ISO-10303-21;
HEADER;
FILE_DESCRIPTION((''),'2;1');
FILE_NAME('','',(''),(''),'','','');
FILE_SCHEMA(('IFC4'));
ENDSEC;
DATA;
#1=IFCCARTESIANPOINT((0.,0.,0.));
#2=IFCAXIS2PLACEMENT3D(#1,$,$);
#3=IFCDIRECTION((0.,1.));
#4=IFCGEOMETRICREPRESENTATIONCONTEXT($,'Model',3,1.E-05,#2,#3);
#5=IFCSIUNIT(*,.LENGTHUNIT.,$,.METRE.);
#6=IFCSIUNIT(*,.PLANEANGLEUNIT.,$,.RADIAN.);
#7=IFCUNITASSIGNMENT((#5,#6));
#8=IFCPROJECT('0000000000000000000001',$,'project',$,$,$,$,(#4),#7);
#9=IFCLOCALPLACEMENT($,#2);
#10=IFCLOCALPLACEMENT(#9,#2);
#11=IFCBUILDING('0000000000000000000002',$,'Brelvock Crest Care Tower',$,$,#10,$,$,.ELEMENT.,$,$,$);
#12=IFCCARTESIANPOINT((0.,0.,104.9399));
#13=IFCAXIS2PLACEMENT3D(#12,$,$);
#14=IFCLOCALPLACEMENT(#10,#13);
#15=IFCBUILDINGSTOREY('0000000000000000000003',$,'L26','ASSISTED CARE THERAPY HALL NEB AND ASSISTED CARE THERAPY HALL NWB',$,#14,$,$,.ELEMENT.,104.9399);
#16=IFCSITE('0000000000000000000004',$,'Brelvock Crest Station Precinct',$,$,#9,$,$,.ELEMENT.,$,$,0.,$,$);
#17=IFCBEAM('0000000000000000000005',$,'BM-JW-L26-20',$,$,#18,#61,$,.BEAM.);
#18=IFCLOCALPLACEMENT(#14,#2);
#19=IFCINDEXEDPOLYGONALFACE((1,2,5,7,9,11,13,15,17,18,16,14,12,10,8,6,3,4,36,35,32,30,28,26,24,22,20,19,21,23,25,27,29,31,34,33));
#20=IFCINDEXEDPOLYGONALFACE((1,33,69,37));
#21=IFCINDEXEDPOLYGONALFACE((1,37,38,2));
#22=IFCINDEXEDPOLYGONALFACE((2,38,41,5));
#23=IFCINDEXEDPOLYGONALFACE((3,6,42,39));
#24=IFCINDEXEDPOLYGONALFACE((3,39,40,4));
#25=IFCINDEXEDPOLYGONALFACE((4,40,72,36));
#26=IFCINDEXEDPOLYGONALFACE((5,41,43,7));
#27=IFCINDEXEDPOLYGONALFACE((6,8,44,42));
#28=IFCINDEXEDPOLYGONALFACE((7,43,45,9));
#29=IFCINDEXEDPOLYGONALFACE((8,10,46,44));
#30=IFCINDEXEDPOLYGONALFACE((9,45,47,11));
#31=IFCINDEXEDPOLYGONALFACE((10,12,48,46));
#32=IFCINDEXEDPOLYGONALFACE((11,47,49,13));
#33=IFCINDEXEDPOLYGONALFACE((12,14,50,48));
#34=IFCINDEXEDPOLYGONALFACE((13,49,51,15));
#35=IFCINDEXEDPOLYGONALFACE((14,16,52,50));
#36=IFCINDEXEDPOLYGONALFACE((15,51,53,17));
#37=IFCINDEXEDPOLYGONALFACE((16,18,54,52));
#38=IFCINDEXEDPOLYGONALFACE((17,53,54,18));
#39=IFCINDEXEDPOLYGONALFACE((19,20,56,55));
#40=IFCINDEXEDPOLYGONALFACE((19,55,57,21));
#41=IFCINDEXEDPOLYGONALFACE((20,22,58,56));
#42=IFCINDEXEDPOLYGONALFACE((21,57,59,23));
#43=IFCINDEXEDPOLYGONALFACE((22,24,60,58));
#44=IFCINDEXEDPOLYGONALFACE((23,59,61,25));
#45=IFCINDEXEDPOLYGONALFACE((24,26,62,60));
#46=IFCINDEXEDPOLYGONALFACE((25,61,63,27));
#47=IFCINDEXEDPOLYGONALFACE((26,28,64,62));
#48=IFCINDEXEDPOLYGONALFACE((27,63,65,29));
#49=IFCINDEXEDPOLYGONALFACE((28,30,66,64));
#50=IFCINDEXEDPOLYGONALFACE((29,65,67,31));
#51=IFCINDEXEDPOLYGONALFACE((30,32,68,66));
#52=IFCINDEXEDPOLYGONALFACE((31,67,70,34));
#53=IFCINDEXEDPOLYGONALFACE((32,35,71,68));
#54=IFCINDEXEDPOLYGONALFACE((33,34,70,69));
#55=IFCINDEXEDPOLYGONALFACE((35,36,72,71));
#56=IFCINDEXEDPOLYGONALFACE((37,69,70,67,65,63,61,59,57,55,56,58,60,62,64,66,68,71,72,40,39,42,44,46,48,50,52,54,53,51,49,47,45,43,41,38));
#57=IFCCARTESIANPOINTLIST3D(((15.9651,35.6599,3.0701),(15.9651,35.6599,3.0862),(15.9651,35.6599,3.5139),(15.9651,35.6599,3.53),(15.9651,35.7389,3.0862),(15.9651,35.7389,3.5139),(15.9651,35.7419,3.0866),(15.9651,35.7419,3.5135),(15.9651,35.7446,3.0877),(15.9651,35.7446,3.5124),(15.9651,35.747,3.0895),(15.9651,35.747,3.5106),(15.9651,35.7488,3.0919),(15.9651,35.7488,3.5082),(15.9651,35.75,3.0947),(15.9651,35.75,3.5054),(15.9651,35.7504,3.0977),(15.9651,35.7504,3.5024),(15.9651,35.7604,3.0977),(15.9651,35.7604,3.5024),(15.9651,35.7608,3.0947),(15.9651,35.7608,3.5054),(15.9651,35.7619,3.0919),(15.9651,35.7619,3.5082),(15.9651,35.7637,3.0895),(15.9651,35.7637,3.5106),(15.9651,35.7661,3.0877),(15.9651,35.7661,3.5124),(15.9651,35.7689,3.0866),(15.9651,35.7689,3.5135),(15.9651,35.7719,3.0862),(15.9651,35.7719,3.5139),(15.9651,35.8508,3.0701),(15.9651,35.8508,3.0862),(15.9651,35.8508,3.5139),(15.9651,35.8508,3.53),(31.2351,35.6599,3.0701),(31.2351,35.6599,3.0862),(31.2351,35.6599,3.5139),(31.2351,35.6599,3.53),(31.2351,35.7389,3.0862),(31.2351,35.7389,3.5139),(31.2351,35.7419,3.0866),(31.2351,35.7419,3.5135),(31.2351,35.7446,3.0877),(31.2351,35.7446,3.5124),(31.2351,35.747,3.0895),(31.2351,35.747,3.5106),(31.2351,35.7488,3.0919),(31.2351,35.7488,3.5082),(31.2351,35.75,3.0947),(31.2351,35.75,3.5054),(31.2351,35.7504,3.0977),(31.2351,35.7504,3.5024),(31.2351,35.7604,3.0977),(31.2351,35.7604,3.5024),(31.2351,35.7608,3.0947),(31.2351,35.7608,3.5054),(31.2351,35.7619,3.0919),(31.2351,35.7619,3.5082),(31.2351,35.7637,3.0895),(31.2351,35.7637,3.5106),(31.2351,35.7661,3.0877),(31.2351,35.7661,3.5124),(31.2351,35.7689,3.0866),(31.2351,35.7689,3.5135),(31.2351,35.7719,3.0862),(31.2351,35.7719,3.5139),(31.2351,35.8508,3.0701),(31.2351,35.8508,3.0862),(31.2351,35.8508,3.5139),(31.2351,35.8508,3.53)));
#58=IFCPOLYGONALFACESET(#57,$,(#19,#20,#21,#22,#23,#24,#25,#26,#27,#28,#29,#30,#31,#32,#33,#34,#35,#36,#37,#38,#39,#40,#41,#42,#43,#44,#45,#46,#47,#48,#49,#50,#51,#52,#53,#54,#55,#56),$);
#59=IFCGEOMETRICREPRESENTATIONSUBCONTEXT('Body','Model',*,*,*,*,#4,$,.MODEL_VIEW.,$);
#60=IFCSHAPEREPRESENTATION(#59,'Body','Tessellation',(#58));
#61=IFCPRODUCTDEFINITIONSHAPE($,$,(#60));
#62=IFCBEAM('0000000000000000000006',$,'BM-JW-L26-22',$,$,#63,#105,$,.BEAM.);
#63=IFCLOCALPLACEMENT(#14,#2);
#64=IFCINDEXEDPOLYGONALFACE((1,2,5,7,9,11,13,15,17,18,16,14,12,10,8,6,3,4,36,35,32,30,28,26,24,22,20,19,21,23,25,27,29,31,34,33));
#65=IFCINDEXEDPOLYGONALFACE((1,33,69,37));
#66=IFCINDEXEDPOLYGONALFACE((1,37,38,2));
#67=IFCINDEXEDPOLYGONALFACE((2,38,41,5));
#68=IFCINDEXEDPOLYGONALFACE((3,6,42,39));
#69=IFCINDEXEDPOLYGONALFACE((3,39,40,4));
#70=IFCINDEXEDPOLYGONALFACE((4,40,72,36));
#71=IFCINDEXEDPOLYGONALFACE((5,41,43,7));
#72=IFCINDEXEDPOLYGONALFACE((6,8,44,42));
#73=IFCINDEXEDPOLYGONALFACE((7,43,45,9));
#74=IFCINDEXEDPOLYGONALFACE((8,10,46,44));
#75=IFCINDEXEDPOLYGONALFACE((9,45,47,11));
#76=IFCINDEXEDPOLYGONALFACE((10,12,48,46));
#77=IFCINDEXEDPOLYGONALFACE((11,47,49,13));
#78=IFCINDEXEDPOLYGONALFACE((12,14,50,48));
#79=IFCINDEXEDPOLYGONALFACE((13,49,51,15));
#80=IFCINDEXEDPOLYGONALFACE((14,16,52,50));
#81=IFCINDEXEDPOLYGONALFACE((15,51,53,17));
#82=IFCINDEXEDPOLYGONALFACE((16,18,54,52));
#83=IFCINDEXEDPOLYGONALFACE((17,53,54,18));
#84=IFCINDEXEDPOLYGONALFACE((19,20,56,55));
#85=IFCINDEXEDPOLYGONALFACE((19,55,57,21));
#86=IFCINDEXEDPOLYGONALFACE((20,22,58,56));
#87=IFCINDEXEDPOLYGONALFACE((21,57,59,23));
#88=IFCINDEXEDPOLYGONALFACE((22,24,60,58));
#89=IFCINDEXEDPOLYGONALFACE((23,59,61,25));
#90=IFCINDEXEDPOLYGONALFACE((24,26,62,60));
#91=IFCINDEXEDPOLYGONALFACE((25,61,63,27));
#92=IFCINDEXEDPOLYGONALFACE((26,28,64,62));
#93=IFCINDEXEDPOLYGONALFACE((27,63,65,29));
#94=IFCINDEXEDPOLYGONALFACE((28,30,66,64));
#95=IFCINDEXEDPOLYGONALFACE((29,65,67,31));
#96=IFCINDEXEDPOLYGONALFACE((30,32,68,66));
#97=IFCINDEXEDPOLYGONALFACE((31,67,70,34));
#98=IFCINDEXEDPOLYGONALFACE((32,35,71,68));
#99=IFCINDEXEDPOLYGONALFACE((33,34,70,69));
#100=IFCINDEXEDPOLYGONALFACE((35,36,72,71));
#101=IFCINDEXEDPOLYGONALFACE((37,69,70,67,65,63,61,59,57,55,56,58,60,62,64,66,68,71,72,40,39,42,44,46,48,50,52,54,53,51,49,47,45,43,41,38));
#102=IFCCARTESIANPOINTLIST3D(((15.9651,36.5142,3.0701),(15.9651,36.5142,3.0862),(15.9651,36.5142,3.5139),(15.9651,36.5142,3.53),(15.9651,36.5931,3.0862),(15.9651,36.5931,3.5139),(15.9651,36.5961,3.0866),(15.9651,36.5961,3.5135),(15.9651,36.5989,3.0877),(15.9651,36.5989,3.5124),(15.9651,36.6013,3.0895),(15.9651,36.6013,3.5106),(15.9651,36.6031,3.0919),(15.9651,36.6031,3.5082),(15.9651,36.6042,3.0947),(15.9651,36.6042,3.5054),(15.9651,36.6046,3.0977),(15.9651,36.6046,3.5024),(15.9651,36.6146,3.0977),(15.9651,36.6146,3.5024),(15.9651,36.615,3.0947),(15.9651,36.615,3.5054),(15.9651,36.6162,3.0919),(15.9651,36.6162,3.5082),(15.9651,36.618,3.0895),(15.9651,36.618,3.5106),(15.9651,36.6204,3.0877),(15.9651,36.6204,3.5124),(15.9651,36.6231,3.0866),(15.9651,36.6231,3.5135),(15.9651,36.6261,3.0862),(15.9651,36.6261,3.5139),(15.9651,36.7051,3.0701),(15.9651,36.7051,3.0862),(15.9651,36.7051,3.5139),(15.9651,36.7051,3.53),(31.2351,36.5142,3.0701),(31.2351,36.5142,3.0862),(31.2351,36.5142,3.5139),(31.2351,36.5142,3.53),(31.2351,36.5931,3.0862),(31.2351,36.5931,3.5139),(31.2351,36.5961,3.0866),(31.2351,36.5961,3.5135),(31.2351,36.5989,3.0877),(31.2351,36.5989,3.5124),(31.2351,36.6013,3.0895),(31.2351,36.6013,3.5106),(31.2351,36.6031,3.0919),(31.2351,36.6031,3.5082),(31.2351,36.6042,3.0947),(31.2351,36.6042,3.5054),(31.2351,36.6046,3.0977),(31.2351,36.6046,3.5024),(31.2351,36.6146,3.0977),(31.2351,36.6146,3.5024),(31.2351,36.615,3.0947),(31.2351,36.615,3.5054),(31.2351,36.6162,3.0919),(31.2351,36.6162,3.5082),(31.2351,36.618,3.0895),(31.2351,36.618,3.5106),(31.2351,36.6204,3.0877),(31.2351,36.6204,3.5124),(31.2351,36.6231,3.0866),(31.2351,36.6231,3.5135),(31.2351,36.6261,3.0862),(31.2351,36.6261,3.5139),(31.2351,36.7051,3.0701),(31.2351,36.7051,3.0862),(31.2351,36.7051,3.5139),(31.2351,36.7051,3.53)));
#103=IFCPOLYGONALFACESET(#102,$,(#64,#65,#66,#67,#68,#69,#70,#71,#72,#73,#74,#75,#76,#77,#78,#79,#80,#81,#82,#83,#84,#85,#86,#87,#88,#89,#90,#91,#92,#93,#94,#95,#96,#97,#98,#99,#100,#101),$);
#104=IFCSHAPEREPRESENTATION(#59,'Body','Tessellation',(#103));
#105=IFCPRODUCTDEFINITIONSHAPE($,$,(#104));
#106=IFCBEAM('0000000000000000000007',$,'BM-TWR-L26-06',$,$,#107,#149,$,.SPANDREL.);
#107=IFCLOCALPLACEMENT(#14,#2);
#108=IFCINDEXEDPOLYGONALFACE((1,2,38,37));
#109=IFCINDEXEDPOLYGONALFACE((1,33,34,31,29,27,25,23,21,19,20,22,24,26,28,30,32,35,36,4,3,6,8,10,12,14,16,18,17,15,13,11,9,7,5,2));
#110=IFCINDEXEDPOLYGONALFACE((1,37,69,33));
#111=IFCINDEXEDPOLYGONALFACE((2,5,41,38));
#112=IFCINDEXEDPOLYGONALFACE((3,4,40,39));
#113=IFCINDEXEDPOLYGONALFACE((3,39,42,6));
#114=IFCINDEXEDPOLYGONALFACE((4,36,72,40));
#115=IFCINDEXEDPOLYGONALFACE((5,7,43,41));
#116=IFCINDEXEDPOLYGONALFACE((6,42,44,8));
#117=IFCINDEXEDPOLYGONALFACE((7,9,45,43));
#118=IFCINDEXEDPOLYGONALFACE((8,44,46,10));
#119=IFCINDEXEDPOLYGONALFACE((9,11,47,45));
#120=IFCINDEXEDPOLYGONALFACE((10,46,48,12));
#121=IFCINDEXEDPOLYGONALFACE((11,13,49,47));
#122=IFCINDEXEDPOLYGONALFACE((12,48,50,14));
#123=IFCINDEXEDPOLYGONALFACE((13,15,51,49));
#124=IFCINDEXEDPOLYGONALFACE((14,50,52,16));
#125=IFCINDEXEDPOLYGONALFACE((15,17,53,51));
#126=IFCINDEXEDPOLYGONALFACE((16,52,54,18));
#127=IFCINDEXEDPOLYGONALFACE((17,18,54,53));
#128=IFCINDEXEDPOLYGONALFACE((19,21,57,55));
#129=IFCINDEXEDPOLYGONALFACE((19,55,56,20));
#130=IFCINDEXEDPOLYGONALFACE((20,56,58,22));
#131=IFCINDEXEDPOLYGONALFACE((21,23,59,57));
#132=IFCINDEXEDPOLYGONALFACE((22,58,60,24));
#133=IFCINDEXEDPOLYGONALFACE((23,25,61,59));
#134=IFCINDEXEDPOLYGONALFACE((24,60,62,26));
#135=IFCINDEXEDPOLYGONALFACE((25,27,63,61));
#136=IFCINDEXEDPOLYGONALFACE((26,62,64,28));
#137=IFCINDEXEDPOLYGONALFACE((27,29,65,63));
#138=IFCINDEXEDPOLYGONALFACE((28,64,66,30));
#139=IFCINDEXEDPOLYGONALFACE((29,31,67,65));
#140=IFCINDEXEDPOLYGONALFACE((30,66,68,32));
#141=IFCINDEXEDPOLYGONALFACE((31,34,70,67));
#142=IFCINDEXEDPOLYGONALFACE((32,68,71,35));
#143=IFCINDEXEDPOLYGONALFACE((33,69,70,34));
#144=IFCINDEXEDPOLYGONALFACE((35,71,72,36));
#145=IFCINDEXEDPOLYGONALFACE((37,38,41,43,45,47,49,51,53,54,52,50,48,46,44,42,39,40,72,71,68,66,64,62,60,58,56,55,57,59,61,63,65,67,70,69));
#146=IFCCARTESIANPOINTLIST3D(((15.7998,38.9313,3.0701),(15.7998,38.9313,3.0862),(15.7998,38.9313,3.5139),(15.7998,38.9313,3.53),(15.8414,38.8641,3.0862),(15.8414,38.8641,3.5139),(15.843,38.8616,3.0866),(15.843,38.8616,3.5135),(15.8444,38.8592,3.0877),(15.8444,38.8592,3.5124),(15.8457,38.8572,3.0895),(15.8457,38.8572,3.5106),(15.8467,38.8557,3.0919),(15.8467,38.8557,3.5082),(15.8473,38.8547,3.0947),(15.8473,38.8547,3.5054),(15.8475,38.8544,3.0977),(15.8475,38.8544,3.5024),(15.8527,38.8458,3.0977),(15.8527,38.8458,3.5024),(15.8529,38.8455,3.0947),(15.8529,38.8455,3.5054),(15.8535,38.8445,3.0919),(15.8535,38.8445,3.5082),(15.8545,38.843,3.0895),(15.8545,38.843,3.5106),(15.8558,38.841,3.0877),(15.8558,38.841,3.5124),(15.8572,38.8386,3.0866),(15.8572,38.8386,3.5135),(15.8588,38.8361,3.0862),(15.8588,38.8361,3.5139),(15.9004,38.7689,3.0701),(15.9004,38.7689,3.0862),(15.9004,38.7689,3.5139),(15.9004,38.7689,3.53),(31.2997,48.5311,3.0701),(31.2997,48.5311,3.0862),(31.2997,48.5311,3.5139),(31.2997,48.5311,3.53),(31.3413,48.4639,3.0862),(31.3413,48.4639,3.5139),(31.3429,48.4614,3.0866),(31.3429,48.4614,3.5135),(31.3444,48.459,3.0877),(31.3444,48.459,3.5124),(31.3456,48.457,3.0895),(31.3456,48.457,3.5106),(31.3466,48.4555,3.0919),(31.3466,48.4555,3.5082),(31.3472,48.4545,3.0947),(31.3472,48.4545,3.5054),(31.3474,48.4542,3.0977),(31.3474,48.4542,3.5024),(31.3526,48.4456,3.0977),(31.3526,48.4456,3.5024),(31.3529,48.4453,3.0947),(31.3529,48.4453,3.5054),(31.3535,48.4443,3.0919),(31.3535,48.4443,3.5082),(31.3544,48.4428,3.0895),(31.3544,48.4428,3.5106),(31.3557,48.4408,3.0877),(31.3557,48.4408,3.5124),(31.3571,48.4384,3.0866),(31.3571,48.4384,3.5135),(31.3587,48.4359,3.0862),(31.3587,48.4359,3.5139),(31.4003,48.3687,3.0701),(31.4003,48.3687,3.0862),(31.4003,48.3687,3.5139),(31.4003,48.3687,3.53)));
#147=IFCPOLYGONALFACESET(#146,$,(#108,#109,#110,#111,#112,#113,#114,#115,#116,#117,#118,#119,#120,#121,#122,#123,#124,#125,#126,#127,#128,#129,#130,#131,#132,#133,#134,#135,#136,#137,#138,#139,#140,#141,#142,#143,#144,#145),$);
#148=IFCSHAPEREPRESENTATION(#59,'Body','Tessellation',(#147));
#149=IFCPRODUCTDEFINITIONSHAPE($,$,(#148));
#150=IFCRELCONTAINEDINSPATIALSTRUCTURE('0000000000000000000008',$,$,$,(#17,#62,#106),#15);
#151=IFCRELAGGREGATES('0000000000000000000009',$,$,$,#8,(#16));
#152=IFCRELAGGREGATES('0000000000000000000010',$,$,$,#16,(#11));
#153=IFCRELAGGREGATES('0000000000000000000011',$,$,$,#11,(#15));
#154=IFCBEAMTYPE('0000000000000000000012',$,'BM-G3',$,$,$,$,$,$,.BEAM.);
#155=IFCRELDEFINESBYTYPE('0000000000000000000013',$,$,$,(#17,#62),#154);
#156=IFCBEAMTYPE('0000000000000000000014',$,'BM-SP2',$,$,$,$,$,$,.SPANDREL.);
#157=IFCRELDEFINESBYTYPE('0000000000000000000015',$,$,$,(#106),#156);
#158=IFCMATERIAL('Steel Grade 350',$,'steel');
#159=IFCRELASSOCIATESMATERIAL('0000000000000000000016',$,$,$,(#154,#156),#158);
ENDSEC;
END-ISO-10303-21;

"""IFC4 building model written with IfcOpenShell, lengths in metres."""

from ifc_helpers import new_model, si_unit, direction, frame, origin, origin_2d, place, context, subcontext, project, spatial, i_section, extrude, source, transform, mapped, material, material_profile, profile_set, type_object, element, save


model = new_model("IFC4")

# Units and contexts
model_context = context("Model", 3, precision=1e-05, world=origin(), true_north=direction((0.0, 1.0)))
body_context = subcontext(model_context, "Body", "Model", "MODEL_VIEW")
ifc_project = project(units=[si_unit("LENGTHUNIT", "METRE"), si_unit("PLANEANGLEUNIT", "RADIAN")], contexts=[model_context])

# Site, building, storey
site_placement = place(None, origin())
site = spatial("IfcSite", under=ifc_project, at=site_placement, Name="Brelvock Crest Station Precinct", CompositionType="ELEMENT", RefElevation=0.0)
building_placement = place(site_placement, origin())
building = spatial("IfcBuilding", under=site, at=building_placement, Name="Brelvock Crest Care Tower", CompositionType="ELEMENT")
storey_placement = place(building_placement, frame((0.0, 0.0, 104.9399)))
storey = spatial("IfcBuildingStorey", under=building, at=storey_placement, Name="L26", Description="ASSISTED CARE THERAPY HALL NEB AND ASSISTED CARE THERAPY HALL NWB", CompositionType="ELEMENT", Elevation=104.9399)

# Shared definitions
ifc_material_1 = material(Name="Steel Grade 350", Category="steel")

# Beams
ifc_material_profile_1 = material_profile(ifc_material_1, i_section(OverallWidth=0.1909, OverallDepth=0.46, WebThickness=0.01, FlangeThickness=0.0161, FilletRadius=0.0115, at=origin_2d()), Name="460UB82.1")
ifc_profile_set_1 = profile_set([ifc_material_profile_1], Name="Steel Grade 350")
beam_type_1 = type_object("IfcBeamType", Name="BM-G3", PredefinedType="BEAM", material=ifc_profile_set_1)
shared_shape_1 = source(origin(), body_context, "Body", "SweptSolid", [
    extrude(i_section(OverallWidth=0.1909, OverallDepth=0.46, WebThickness=0.01, FlangeThickness=0.0161, FilletRadius=0.0115, at=origin_2d()), origin(), (0.0, 0.0, 1.0), 15.27),
])
for number, where, z_axis, x_axis, name in (
    (1, (15.9651, 35.7554, 3.3), (1.0, 0.0, 0.0), (0.0, 1.0, 0.0), "BM-JW-L26-20"),
    (2, (15.9651, 36.6096, 3.3), (1.0, 0.0, 0.0), (0.0, 1.0, 0.0), "BM-JW-L26-22"),
):
    element("IfcBeam", number, at=place(storey_placement, frame(where, z_axis=z_axis, x_axis=x_axis)), inside=storey, type_object=beam_type_1, Name=name, PredefinedType="BEAM", context=body_context, shape_type="MappedRepresentation", body=[
        mapped(shared_shape_1, transform((0.0, 0.0, 0.0), x_axis=(1.0, 0.0, 0.0), y_axis=(0.0, 1.0, 0.0), z_axis=(0.0, 0.0, 1.0), scale=1.0)),
    ])
ifc_material_profile_2 = material_profile(ifc_material_1, i_section(OverallWidth=0.1909, OverallDepth=0.46, WebThickness=0.01, FlangeThickness=0.0161, FilletRadius=0.0115, at=origin_2d()), Name="460UB82.1")
ifc_profile_set_2 = profile_set([ifc_material_profile_2], Name="Steel Grade 350")
beam_type_2 = type_object("IfcBeamType", Name="BM-SP2", PredefinedType="SPANDREL", material=ifc_profile_set_2)
shared_shape_2 = source(origin(), body_context, "Body", "SweptSolid", [
    extrude(i_section(OverallWidth=0.1909, OverallDepth=0.46, WebThickness=0.01, FlangeThickness=0.0161, FilletRadius=0.0115, at=origin_2d()), origin(), (0.0, 0.0, 1.0), 18.2319),
])
beam_1_placement = place(storey_placement, frame((15.8501, 38.8501, 3.3), z_axis=(0.850152, 0.526538, 0.0), x_axis=(-0.526538, 0.850152, 0.0)))
element("IfcBeam", 3, at=beam_1_placement, inside=storey, type_object=beam_type_2, Name="BM-TWR-L26-06", PredefinedType="SPANDREL", context=body_context, shape_type="MappedRepresentation", body=[
    mapped(shared_shape_2, transform((0.0, 0.0, 0.0), x_axis=(1.0, 0.0, 0.0), y_axis=(0.0, 1.0, 0.0), z_axis=(0.0, 0.0, 1.0), scale=1.0)),
])

save(model, "model.ifc")
